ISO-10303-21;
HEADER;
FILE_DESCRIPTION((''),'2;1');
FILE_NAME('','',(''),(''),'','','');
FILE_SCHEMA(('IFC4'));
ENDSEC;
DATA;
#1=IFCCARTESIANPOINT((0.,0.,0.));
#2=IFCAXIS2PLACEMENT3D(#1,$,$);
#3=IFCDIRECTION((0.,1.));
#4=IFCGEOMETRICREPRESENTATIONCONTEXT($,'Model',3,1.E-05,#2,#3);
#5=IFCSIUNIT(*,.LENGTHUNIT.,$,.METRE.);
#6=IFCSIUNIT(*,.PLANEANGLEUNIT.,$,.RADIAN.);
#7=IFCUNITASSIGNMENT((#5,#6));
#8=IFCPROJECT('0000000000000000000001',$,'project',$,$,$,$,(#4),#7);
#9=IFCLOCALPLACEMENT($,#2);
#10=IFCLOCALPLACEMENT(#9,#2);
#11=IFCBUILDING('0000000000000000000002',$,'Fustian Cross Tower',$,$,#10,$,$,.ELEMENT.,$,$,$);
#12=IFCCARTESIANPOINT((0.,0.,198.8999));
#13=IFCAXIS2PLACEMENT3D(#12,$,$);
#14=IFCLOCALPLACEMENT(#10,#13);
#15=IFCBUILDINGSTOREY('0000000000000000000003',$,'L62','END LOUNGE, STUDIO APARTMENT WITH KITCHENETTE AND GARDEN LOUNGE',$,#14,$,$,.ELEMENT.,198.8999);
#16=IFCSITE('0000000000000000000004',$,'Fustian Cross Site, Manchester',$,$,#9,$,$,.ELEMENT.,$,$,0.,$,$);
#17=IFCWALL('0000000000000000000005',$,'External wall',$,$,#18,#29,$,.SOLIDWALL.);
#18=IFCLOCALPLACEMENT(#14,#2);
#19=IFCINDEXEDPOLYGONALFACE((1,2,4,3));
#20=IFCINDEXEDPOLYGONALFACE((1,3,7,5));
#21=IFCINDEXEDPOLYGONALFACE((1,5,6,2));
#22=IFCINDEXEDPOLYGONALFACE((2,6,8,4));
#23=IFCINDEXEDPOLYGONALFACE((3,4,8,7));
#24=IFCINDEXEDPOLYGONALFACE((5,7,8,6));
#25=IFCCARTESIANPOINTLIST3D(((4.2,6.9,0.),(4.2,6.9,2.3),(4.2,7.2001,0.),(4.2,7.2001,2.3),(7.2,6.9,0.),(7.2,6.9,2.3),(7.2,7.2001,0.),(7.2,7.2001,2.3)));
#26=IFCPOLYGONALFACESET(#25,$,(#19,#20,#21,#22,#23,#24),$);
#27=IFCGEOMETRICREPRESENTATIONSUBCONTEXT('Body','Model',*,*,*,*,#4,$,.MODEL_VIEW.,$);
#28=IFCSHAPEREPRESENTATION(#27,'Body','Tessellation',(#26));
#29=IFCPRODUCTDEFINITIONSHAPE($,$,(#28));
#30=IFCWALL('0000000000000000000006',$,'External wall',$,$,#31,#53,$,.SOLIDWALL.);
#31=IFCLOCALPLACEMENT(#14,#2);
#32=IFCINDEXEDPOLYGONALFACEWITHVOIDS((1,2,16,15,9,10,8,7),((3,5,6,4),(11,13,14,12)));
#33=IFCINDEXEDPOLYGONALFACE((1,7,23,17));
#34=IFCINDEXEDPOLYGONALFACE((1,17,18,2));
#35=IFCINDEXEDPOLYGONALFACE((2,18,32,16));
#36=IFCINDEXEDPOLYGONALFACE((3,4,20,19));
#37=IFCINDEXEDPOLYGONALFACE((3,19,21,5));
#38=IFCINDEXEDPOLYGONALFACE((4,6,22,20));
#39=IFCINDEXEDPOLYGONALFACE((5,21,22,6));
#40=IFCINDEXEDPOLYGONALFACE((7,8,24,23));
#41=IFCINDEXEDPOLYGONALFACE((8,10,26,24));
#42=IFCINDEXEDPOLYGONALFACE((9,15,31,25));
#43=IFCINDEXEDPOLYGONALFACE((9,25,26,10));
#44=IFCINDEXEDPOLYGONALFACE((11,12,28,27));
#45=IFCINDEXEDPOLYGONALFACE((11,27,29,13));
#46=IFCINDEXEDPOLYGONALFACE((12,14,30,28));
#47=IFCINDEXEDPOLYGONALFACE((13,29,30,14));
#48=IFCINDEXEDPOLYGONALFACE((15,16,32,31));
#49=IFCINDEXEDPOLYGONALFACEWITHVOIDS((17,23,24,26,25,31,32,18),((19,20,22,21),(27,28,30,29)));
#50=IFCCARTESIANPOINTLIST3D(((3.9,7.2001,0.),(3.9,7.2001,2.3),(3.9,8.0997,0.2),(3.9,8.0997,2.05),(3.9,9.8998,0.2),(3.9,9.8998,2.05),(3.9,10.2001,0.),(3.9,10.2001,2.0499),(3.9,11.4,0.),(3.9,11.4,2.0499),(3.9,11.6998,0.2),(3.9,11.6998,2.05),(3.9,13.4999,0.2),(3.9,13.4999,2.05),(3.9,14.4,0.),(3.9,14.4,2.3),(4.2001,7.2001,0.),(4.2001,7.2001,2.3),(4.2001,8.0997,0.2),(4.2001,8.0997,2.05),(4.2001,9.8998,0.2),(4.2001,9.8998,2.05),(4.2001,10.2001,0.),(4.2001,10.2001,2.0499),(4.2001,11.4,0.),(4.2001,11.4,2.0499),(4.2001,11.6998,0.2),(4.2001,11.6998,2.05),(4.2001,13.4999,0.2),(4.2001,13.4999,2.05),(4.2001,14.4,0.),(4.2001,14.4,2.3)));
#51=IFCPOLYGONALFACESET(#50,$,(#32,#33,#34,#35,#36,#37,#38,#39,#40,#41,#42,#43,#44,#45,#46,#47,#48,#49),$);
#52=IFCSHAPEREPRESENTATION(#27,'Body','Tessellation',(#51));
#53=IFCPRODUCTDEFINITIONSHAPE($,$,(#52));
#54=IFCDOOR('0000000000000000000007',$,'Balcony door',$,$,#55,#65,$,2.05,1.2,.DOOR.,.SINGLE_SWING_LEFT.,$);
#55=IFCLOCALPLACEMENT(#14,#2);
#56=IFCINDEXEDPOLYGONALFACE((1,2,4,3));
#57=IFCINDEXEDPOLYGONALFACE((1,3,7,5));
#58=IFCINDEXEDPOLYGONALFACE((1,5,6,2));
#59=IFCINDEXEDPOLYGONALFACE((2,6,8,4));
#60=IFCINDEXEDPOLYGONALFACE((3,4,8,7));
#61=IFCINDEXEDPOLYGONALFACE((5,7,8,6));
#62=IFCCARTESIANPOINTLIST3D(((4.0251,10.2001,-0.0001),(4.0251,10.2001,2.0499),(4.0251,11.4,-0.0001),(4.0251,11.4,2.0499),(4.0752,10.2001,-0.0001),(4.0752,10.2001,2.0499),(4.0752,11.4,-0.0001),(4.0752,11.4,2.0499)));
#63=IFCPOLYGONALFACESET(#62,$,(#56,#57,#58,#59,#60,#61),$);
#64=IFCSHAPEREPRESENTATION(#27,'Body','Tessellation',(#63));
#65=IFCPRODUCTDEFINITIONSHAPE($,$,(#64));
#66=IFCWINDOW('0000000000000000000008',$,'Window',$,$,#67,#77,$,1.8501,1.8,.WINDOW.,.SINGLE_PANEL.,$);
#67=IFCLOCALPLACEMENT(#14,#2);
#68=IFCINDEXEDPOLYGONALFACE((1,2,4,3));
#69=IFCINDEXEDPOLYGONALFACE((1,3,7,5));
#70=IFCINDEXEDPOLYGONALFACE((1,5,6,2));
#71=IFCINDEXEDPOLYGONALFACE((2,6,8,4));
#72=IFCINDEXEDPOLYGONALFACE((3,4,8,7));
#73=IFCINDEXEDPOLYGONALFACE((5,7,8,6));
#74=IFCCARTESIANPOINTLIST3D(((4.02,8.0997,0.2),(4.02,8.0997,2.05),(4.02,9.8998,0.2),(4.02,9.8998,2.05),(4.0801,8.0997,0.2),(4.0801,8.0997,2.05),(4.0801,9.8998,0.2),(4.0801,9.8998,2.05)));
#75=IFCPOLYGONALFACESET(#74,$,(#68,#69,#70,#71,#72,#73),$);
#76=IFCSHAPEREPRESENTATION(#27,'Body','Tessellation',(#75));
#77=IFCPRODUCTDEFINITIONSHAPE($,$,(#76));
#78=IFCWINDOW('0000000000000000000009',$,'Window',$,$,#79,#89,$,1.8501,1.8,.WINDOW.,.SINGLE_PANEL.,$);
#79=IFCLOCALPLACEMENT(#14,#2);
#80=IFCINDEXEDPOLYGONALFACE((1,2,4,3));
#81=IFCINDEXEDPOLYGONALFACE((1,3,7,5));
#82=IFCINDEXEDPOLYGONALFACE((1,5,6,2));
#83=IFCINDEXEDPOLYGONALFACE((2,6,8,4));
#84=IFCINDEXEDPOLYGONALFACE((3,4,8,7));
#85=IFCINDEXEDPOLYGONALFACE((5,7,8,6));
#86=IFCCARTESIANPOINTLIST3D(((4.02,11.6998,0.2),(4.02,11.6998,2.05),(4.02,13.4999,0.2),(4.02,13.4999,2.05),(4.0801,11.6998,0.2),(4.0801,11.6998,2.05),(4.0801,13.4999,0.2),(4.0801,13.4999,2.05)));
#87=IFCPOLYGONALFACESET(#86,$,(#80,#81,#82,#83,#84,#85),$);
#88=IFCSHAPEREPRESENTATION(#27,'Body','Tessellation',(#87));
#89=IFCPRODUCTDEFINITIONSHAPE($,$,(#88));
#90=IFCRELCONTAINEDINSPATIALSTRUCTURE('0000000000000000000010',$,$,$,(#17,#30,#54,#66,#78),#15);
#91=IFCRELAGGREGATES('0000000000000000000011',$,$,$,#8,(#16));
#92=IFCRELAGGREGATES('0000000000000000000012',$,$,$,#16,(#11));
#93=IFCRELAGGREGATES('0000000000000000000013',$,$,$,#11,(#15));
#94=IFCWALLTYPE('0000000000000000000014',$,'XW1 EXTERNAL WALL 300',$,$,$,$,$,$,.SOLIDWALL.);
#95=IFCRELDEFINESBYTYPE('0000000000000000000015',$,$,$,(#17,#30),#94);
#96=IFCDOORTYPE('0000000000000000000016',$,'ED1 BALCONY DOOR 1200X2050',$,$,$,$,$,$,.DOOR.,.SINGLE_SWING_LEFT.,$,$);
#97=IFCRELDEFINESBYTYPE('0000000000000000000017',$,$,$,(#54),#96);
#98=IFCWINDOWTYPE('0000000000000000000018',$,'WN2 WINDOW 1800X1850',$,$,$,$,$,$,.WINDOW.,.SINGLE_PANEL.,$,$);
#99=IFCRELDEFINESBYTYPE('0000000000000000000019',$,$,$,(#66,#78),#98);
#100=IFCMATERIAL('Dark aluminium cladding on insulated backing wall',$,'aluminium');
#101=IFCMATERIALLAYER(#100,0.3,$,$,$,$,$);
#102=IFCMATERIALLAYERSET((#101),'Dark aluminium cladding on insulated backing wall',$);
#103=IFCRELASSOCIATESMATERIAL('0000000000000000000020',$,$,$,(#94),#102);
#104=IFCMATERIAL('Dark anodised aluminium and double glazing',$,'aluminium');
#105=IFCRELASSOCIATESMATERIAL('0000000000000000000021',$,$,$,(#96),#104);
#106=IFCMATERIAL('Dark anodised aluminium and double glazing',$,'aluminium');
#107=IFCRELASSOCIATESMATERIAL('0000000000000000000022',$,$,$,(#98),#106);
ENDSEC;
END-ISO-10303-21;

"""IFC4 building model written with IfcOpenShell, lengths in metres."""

from ifc_helpers import new_model, si_unit, direction, frame, frame_2d, origin, place, context, subcontext, project, spatial, rectangle, extrude, material, layer, layer_set, type_object, element, fill, save


model = new_model("IFC4")

# Units and contexts
model_context = context("Model", 3, precision=1e-05, world=origin(), true_north=direction((0.0, 1.0)))
body_context = subcontext(model_context, "Body", "Model", "MODEL_VIEW")
ifc_project = project(units=[si_unit("LENGTHUNIT", "METRE"), si_unit("PLANEANGLEUNIT", "RADIAN")], contexts=[model_context])

# Site, building, storey
site_placement = place(None, origin())
site = spatial("IfcSite", under=ifc_project, at=site_placement, Name="Fustian Cross Site, Manchester", CompositionType="ELEMENT", RefElevation=0.0)
building_placement = place(site_placement, origin())
building = spatial("IfcBuilding", under=site, at=building_placement, Name="Fustian Cross Tower", CompositionType="ELEMENT")
storey_placement = place(building_placement, frame((0.0, 0.0, 198.8999)))
storey = spatial("IfcBuildingStorey", under=building, at=storey_placement, Name="L62", Description="END LOUNGE, STUDIO APARTMENT WITH KITCHENETTE AND GARDEN LOUNGE", CompositionType="ELEMENT", Elevation=198.8999)

# Wall
ifc_material_1 = material(Name="Dark aluminium cladding on insulated backing wall", Category="aluminium")
ifc_layer_1 = layer(ifc_material_1, 0.3)
ifc_layer_set_1 = layer_set([ifc_layer_1], Name="Dark aluminium cladding on insulated backing wall")
wall_type_1 = type_object("IfcWallType", Name="XW1 EXTERNAL WALL 300", PredefinedType="SOLIDWALL", material=ifc_layer_set_1)
wall_1_placement = place(storey_placement, frame((7.2, 7.05, 0.0), z_axis=(0.0, 0.0, 1.0), x_axis=(-1.0, 0.0, 0.0)))
element("IfcWall", 1, at=wall_1_placement, inside=storey, type_object=wall_type_1, Name="External wall", PredefinedType="SOLIDWALL", context=body_context, shape_type="SweptSolid", body=[
    extrude(rectangle(XDim=3.0, YDim=0.3, at=frame_2d((1.5, 0.0))), origin(), (0.0, 0.0, 1.0), 2.3),
])

# Wall, openings, door, windows
wall_2_placement = place(storey_placement, frame((4.05, 7.2, 0.0), z_axis=(0.0, 0.0, 1.0), x_axis=(0.0, 1.0, 0.0)))
wall_2 = element("IfcWall", 2, at=wall_2_placement, inside=storey, type_object=wall_type_1, Name="External wall", PredefinedType="SOLIDWALL", context=body_context, shape_type="SweptSolid", body=[
    extrude(rectangle(XDim=7.2, YDim=0.3, at=frame_2d((3.6001, 0.0))), origin(), (0.0, 0.0, 1.0), 2.3),
])
opening_1_placement = place(wall_2_placement, frame((3.0, 0.0, 0.0)))
opening_1 = element("IfcOpeningElement", 3, at=opening_1_placement, cuts=wall_2, PredefinedType="OPENING", context=body_context, shape_type="SweptSolid", body=[
    extrude(rectangle(XDim=1.2, YDim=2.05, at=frame_2d((0.6001, 1.0249))), frame((0.0, 0.1599, 0.0), z_axis=(0.0, -1.0, 0.0), x_axis=(1.0, 0.0, 0.0)), (0.0, 0.0, 1.0), 0.3201),
])
opening_2_placement = place(wall_2_placement, frame((0.8999, 0.0, 0.2)))
opening_2 = element("IfcOpeningElement", 4, at=opening_2_placement, cuts=wall_2, PredefinedType="OPENING", context=body_context, shape_type="SweptSolid", body=[
    extrude(rectangle(XDim=1.8, YDim=1.8501, at=frame_2d((0.8999, 0.925))), frame((0.0, 0.1599, 0.0), z_axis=(0.0, -1.0, 0.0), x_axis=(1.0, 0.0, 0.0)), (0.0, 0.0, 1.0), 0.3201),
])
opening_3_placement = place(wall_2_placement, frame((4.5, 0.0, 0.2)))
opening_3 = element("IfcOpeningElement", 5, at=opening_3_placement, cuts=wall_2, PredefinedType="OPENING", context=body_context, shape_type="SweptSolid", body=[
    extrude(rectangle(XDim=1.8, YDim=1.8501, at=frame_2d((0.8999, 0.925))), frame((0.0, 0.1599, 0.0), z_axis=(0.0, -1.0, 0.0), x_axis=(1.0, 0.0, 0.0)), (0.0, 0.0, 1.0), 0.3201),
])
ifc_material_2 = material(Name="Dark anodised aluminium and double glazing", Category="aluminium")
door_type_1 = type_object("IfcDoorType", Name="ED1 BALCONY DOOR 1200X2050", OperationType="SINGLE_SWING_LEFT", PredefinedType="DOOR", material=ifc_material_2)
door_1_placement = place(opening_1_placement, origin())
door_1 = element("IfcDoor", 6, at=door_1_placement, inside=storey, type_object=door_type_1, Name="Balcony door", OperationType="SINGLE_SWING_LEFT", OverallHeight=2.05, OverallWidth=1.2, PredefinedType="DOOR", context=body_context, shape_type="SweptSolid", body=[
    extrude(rectangle(XDim=1.2, YDim=2.05, at=frame_2d((0.6001, 1.0249))), frame((0.0, 0.0249, 0.0), z_axis=(0.0, -1.0, 0.0), x_axis=(1.0, 0.0, 0.0)), (0.0, 0.0, 1.0), 0.05),
])
fill(opening_1, door_1)
ifc_material_3 = material(Name="Dark anodised aluminium and double glazing", Category="aluminium")
window_type = type_object("IfcWindowType", Name="WN2 WINDOW 1800X1850", PartitioningType="SINGLE_PANEL", PredefinedType="WINDOW", material=ifc_material_3)
window_1_placement = place(opening_2_placement, origin())
window_1 = element("IfcWindow", 7, at=window_1_placement, inside=storey, type_object=window_type, Name="Window", OverallHeight=1.8501, OverallWidth=1.8, PartitioningType="SINGLE_PANEL", PredefinedType="WINDOW", context=body_context, shape_type="SweptSolid", body=[
    extrude(rectangle(XDim=1.8, YDim=1.8501, at=frame_2d((0.8999, 0.925))), frame((0.0, 0.03, 0.0), z_axis=(0.0, -1.0, 0.0), x_axis=(1.0, 0.0, 0.0)), (0.0, 0.0, 1.0), 0.0601),
])
fill(opening_2, window_1)
window_2_placement = place(opening_3_placement, origin())
window_2 = element("IfcWindow", 8, at=window_2_placement, inside=storey, type_object=window_type, Name="Window", OverallHeight=1.8501, OverallWidth=1.8, PartitioningType="SINGLE_PANEL", PredefinedType="WINDOW", context=body_context, shape_type="SweptSolid", body=[
    extrude(rectangle(XDim=1.8, YDim=1.8501, at=frame_2d((0.8999, 0.925))), frame((0.0, 0.03, 0.0), z_axis=(0.0, -1.0, 0.0), x_axis=(1.0, 0.0, 0.0)), (0.0, 0.0, 1.0), 0.0601),
])
fill(opening_3, window_2)

save(model, "model.ifc")
